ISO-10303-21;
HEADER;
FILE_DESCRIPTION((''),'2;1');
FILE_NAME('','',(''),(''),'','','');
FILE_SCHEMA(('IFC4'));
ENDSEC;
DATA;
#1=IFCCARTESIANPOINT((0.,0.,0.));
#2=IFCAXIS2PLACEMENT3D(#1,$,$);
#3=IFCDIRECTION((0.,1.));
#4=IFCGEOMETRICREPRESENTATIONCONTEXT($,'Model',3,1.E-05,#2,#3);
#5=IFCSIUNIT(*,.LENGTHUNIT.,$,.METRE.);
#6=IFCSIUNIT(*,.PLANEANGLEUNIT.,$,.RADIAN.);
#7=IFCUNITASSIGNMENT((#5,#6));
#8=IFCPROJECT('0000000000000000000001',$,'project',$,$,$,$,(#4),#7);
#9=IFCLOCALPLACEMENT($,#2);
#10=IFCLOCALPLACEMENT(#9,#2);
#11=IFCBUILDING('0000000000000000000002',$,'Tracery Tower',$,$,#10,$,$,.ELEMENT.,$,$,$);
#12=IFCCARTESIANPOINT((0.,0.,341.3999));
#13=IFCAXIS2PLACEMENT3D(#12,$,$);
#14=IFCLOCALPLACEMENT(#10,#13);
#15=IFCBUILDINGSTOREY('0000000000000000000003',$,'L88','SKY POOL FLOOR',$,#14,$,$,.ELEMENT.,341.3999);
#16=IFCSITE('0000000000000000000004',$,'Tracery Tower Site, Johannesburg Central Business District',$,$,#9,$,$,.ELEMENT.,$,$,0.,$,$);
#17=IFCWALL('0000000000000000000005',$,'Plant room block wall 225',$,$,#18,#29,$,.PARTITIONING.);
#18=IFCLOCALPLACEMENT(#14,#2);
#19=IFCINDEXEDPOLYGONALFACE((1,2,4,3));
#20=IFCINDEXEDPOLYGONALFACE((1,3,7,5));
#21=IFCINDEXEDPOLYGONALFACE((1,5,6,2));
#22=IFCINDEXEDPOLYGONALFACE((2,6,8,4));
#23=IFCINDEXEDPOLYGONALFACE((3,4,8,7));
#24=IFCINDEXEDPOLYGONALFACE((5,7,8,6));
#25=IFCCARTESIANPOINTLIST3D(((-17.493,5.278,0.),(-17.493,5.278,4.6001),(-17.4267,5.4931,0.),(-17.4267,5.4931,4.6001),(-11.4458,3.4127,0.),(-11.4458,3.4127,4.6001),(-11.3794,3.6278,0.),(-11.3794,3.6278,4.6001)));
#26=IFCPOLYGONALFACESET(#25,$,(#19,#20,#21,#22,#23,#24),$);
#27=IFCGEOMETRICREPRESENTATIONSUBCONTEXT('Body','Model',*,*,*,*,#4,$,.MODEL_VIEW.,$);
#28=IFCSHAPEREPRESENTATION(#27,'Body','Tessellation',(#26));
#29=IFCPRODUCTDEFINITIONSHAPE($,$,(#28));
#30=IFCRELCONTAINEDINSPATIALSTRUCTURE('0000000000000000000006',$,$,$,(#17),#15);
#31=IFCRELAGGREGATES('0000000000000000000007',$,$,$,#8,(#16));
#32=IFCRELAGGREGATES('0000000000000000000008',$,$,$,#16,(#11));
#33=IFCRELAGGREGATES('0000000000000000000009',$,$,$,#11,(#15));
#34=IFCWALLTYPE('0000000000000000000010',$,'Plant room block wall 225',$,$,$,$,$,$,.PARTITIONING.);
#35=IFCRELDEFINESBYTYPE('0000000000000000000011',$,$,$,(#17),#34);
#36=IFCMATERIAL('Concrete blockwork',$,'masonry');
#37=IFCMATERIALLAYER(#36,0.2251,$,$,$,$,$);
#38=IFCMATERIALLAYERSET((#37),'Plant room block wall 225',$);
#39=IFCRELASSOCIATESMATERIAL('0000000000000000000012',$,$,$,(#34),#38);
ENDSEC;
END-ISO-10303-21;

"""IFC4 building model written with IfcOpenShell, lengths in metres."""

from ifc_helpers import new_model, si_unit, direction, frame, frame_2d, origin, place, context, subcontext, project, spatial, rectangle, extrude, material, layer, layer_set, type_object, element, save


model = new_model("IFC4")

# Units and contexts
model_context = context("Model", 3, precision=1e-05, world=origin(), true_north=direction((0.0, 1.0)))
body_context = subcontext(model_context, "Body", "Model", "MODEL_VIEW")
ifc_project = project(units=[si_unit("LENGTHUNIT", "METRE"), si_unit("PLANEANGLEUNIT", "RADIAN")], contexts=[model_context])

# Site, building, storey
site_placement = place(None, origin())
site = spatial("IfcSite", under=ifc_project, at=site_placement, Name="Tracery Tower Site, Johannesburg Central Business District", CompositionType="ELEMENT", RefElevation=0.0)
building_placement = place(site_placement, origin())
building = spatial("IfcBuilding", under=site, at=building_placement, Name="Tracery Tower", CompositionType="ELEMENT")
storey_placement = place(building_placement, frame((0.0, 0.0, 341.3999)))
storey = spatial("IfcBuildingStorey", under=building, at=storey_placement, Name="L88", Description="SKY POOL FLOOR", CompositionType="ELEMENT", Elevation=341.3999)

# Wall
ifc_material_1 = material(Name="Concrete blockwork", Category="masonry")
ifc_layer_1 = layer(ifc_material_1, 0.2251)
ifc_layer_set_1 = layer_set([ifc_layer_1], Name="Plant room block wall 225")
wall_type_1 = type_object("IfcWallType", Name="Plant room block wall 225", PredefinedType="PARTITIONING", material=ifc_layer_set_1)
wall_1_placement = place(storey_placement, frame((-17.4597, 5.3855, 0.0), z_axis=(0.0, 0.0, 1.0), x_axis=(0.955575, -0.294747, 0.0)))
element("IfcWall", 1, at=wall_1_placement, inside=storey, type_object=wall_type_1, Name="Plant room block wall 225", PredefinedType="PARTITIONING", context=body_context, shape_type="SweptSolid", body=[
    extrude(rectangle(XDim=6.3284, YDim=0.2251, at=frame_2d((3.1641, 0.0))), origin(), (0.0, 0.0, 1.0), 4.6001),
])

save(model, "model.ifc")
